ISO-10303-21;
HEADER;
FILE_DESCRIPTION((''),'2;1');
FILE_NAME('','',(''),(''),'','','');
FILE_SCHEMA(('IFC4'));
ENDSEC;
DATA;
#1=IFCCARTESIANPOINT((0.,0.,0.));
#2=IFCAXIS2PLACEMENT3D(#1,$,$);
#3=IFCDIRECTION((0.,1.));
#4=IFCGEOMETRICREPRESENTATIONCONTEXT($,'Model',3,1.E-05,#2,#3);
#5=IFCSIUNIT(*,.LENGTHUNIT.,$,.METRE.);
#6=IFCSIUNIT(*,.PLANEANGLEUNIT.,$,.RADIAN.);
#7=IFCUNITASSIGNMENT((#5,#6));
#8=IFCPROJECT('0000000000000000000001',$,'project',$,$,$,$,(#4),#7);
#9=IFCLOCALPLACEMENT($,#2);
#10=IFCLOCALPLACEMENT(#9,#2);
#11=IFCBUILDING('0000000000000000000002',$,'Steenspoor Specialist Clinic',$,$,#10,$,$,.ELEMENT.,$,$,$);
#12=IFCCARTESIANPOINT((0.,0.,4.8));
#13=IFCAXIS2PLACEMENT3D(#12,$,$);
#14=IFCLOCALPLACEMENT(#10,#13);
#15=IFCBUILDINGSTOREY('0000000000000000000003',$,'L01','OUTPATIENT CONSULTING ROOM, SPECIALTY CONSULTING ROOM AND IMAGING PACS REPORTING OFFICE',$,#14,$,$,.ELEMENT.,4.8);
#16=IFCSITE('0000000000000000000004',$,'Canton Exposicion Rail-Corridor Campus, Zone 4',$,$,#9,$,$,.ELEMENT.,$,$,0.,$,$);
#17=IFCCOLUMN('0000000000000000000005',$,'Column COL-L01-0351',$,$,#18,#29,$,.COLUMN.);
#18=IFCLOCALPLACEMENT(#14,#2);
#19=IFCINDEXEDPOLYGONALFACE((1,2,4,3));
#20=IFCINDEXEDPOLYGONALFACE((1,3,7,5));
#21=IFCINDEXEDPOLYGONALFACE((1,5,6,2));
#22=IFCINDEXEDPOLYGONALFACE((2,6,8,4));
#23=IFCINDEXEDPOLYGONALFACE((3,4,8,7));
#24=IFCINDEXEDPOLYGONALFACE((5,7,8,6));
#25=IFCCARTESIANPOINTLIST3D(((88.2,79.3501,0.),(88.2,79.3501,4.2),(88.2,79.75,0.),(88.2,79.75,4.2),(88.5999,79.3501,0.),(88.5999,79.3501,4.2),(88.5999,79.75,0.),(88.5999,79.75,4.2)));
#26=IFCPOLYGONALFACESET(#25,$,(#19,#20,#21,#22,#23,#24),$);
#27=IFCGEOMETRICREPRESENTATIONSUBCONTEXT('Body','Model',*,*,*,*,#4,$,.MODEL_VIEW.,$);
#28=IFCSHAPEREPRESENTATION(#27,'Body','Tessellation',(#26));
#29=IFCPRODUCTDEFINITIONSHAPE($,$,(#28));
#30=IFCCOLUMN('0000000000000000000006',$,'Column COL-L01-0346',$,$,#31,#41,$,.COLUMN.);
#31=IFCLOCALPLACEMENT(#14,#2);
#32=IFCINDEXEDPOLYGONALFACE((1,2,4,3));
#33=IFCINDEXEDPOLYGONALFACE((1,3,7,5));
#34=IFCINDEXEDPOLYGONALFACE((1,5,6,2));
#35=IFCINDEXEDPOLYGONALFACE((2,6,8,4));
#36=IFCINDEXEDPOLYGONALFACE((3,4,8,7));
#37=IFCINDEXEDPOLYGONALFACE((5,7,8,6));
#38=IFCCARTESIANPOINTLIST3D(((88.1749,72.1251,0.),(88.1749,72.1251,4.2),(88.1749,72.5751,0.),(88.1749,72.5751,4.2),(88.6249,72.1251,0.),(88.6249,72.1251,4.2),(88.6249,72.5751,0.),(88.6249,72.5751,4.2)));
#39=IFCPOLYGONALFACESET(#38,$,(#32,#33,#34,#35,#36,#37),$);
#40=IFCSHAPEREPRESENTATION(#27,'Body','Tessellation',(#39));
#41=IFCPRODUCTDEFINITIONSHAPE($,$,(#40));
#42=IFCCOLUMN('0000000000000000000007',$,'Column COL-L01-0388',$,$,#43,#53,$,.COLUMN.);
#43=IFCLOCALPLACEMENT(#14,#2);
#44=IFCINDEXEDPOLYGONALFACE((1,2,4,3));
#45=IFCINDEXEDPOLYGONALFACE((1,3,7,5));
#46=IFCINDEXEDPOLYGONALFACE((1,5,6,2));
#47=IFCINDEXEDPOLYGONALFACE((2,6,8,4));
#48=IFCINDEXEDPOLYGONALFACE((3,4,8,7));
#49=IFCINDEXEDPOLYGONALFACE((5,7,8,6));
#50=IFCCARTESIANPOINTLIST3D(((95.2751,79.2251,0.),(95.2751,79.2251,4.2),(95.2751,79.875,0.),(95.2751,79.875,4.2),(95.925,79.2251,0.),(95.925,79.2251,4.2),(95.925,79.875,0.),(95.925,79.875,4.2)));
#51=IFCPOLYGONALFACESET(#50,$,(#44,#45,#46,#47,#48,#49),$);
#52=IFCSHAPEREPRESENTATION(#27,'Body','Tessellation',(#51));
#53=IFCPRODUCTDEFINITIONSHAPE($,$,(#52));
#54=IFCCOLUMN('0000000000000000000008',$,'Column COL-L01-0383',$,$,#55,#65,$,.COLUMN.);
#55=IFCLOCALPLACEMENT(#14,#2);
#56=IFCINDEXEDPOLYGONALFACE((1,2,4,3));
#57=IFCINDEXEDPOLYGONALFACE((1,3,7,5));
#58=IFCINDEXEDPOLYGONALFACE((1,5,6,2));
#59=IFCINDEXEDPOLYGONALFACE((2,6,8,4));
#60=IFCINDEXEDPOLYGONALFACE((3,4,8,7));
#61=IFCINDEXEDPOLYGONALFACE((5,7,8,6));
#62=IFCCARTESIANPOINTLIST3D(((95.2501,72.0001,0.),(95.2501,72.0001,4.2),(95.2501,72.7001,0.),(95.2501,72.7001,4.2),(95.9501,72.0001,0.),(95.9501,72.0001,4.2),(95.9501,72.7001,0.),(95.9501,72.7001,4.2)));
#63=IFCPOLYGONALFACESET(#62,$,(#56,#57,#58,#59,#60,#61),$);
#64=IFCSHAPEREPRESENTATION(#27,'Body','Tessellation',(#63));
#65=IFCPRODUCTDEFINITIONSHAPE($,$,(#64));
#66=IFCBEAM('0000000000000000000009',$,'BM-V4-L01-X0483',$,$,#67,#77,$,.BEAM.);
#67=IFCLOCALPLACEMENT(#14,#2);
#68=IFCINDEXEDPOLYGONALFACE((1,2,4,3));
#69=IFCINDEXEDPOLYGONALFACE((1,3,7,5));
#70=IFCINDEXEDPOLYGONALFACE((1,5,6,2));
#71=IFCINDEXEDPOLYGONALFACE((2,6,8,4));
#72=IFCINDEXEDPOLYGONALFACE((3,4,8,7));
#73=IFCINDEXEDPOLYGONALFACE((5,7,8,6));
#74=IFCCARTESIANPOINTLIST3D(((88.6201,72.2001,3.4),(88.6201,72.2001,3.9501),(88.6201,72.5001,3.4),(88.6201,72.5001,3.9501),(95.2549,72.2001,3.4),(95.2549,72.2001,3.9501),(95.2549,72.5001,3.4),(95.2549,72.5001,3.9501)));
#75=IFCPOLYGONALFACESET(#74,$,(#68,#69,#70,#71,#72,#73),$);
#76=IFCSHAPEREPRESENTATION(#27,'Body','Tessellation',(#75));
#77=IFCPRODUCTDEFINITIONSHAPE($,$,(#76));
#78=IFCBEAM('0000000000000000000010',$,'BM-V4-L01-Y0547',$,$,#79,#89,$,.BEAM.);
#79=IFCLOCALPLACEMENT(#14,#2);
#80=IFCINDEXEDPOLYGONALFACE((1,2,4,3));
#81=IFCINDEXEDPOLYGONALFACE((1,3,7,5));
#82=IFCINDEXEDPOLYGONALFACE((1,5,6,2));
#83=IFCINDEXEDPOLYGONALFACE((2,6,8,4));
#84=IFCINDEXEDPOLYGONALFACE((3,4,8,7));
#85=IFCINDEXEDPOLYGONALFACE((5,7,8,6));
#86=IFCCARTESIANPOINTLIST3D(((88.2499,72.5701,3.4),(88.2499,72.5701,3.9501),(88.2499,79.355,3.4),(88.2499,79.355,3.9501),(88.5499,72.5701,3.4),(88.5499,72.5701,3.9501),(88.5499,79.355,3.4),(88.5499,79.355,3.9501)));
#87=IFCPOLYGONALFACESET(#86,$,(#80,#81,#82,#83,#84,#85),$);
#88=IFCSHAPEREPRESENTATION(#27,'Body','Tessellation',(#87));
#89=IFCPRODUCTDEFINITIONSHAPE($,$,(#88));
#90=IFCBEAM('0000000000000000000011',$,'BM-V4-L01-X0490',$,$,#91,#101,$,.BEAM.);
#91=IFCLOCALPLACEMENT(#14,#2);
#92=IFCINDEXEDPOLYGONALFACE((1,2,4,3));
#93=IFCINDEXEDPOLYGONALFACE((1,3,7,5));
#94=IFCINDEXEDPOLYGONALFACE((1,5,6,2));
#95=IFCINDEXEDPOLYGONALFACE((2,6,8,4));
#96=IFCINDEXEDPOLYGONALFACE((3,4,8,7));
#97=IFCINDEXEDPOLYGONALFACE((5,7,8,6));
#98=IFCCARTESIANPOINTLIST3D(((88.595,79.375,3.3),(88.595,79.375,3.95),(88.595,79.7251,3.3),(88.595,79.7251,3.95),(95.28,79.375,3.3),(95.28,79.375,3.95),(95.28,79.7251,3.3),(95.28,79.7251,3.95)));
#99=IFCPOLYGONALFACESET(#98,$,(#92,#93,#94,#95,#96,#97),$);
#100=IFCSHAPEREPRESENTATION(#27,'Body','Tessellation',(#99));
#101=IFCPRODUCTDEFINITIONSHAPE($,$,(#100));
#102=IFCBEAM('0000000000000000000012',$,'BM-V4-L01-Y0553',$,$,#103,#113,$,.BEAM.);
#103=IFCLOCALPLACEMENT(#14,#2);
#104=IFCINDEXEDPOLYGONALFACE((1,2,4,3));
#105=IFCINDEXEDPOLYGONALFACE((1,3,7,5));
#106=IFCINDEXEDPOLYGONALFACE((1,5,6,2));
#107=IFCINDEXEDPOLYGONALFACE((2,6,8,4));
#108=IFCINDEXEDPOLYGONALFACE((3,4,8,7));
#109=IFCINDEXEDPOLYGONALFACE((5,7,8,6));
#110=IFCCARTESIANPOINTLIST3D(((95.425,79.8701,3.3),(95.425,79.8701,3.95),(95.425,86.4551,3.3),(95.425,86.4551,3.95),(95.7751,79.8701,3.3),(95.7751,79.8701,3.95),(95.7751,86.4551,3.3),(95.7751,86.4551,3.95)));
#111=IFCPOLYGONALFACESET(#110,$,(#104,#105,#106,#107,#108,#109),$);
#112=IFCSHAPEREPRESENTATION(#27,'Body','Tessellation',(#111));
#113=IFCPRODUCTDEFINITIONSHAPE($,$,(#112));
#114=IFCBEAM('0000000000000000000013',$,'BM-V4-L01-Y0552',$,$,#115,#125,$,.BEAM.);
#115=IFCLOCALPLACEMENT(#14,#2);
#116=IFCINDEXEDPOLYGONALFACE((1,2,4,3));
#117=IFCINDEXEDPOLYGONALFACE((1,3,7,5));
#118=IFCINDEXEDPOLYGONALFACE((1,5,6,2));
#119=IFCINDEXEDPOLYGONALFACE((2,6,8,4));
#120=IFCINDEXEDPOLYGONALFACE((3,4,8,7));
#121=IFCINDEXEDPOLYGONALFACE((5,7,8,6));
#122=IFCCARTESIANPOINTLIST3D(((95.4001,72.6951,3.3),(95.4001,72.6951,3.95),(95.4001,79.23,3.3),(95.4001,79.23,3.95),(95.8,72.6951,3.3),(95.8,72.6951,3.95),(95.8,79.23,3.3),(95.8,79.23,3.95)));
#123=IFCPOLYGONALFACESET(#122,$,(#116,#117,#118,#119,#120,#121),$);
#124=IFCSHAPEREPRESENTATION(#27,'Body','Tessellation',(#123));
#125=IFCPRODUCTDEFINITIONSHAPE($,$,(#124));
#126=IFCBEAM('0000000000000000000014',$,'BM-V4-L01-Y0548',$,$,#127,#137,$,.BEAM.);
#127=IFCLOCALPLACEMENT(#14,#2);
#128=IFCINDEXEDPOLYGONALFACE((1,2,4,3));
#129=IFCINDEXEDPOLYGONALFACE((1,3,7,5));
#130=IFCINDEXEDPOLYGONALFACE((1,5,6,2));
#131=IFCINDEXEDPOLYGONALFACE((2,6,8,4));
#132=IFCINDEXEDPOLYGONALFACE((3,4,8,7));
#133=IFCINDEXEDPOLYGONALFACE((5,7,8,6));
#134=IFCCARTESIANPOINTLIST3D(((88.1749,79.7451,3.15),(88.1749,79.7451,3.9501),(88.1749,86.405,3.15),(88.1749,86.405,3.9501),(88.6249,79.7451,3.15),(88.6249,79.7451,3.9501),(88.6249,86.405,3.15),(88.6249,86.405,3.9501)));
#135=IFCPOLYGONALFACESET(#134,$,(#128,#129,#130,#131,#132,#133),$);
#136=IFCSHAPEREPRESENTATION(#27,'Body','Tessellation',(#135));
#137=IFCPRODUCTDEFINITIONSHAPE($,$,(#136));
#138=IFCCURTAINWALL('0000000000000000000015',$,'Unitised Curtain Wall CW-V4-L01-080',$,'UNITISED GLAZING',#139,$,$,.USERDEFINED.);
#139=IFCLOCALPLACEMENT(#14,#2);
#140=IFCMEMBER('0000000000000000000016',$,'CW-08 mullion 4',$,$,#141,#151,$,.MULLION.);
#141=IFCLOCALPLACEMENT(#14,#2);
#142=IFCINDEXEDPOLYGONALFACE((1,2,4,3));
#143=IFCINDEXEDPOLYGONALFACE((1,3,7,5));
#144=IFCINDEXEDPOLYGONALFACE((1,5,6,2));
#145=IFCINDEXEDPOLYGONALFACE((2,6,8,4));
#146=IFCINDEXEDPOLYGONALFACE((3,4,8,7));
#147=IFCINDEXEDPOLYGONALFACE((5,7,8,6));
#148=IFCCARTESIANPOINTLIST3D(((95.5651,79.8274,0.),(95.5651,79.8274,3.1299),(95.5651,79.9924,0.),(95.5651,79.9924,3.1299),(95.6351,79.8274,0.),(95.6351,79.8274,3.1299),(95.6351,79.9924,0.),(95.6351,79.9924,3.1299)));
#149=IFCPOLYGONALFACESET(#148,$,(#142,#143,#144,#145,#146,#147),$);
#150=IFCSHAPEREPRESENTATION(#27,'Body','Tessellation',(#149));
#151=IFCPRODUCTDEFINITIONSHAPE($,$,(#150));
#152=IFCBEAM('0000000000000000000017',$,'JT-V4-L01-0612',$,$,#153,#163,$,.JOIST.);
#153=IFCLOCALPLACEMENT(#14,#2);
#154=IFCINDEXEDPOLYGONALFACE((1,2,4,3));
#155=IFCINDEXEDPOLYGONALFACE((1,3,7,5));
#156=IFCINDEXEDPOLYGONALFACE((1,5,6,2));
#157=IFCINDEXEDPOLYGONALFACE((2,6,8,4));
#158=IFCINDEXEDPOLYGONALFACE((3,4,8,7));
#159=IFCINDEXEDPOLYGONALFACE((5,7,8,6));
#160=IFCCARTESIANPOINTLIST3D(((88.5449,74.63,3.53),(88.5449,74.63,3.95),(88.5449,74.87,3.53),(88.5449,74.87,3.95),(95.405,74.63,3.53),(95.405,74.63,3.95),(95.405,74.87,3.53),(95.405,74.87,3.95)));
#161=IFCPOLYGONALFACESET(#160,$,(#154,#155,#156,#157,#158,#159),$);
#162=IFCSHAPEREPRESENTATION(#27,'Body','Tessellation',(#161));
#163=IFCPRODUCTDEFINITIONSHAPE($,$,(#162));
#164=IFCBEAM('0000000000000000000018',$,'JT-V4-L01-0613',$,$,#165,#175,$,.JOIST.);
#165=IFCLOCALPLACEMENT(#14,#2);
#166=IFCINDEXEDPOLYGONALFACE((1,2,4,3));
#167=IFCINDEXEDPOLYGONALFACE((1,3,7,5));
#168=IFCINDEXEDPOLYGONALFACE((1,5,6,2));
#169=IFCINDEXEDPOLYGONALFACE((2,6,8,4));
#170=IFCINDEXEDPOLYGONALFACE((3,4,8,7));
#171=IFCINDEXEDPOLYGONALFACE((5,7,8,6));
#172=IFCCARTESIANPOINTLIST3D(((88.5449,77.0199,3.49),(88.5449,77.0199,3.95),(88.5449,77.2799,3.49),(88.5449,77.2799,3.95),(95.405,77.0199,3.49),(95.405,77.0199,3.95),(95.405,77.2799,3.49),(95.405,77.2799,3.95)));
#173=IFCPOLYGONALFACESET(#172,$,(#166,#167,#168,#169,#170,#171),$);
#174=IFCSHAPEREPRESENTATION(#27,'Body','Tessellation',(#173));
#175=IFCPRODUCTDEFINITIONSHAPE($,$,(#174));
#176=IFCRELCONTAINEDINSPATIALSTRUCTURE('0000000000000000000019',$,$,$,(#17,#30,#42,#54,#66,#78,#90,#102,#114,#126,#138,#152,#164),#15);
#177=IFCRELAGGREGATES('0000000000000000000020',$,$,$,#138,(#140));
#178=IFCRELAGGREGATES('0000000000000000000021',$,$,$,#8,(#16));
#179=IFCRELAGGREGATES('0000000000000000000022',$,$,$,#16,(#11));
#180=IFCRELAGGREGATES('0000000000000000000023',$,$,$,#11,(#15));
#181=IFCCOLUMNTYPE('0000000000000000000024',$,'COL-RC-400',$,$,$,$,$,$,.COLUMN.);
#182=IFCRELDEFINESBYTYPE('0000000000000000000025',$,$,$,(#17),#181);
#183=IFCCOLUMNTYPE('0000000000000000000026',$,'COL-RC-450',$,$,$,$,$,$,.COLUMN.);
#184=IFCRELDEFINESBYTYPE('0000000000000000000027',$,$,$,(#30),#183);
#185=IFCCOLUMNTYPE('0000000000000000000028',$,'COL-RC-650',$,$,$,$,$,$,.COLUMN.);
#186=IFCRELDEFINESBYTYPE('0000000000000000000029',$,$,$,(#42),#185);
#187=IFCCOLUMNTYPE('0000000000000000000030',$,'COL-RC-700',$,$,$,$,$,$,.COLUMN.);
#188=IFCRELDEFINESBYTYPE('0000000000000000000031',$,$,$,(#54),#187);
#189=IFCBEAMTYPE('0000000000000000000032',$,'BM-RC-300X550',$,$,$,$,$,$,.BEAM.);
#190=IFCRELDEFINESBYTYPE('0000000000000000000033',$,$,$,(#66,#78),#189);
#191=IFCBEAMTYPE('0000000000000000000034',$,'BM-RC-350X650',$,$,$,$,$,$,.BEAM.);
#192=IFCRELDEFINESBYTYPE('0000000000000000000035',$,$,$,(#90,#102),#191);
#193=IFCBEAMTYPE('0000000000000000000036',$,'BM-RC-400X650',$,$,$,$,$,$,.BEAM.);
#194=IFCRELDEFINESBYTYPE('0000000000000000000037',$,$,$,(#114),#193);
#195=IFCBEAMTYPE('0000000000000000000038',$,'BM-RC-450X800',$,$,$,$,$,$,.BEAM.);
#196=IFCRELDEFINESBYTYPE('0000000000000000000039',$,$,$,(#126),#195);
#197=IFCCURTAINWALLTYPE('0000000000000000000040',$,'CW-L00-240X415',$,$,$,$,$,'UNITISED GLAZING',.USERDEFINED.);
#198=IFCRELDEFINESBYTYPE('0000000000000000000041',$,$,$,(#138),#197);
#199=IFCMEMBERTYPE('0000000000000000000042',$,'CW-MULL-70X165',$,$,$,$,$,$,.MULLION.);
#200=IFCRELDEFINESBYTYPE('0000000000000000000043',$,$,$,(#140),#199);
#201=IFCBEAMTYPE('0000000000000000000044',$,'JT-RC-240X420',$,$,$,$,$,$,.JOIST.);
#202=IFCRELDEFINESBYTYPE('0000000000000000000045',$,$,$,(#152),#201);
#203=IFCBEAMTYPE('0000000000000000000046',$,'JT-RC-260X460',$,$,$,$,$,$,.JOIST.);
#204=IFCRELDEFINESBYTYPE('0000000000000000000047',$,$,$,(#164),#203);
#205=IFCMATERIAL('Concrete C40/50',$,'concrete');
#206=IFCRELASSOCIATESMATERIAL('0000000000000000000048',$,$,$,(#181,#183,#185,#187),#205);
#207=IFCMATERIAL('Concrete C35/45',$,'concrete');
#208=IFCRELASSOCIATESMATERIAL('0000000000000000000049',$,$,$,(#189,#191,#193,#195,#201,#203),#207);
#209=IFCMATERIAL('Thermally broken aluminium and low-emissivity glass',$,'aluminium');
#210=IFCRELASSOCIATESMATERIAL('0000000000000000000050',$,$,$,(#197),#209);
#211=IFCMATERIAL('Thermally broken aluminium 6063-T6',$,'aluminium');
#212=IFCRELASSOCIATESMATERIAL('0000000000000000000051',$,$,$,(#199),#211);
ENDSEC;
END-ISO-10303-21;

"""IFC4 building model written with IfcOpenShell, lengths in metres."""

from ifc_helpers import new_model, si_unit, direction, frame, origin, origin_2d, place, context, subcontext, project, spatial, rectangle, extrude, material, material_profile, profile_set, type_object, element, aggregate, save


model = new_model("IFC4")

# Units and contexts
model_context = context("Model", 3, precision=1e-05, world=origin(), true_north=direction((0.0, 1.0)))
body_context = subcontext(model_context, "Body", "Model", "MODEL_VIEW")
ifc_project = project(units=[si_unit("LENGTHUNIT", "METRE"), si_unit("PLANEANGLEUNIT", "RADIAN")], contexts=[model_context])

# Site, building, storey
site_placement = place(None, origin())
site = spatial("IfcSite", under=ifc_project, at=site_placement, Name="Canton Exposicion Rail-Corridor Campus, Zone 4", CompositionType="ELEMENT", RefElevation=0.0)
building_placement = place(site_placement, origin())
building = spatial("IfcBuilding", under=site, at=building_placement, Name="Steenspoor Specialist Clinic", CompositionType="ELEMENT")
storey_placement = place(building_placement, frame((0.0, 0.0, 4.8)))
storey = spatial("IfcBuildingStorey", under=building, at=storey_placement, Name="L01", Description="OUTPATIENT CONSULTING ROOM, SPECIALTY CONSULTING ROOM AND IMAGING PACS REPORTING OFFICE", CompositionType="ELEMENT", Elevation=4.8)

# Columns
ifc_material_1 = material(Name="Concrete C40/50", Category="concrete")
ifc_material_profile_1 = material_profile(ifc_material_1, rectangle(XDim=0.3999, YDim=0.3999, at=origin_2d()), Name="RC-COL-400X400")
ifc_profile_set_1 = profile_set([ifc_material_profile_1], Name="Concrete C40/50")
column_type_1 = type_object("IfcColumnType", Name="COL-RC-400", PredefinedType="COLUMN", material=ifc_profile_set_1)
column_1_placement = place(storey_placement, frame((88.3999, 79.55, 0.0), z_axis=(0.0, 0.0, 1.0), x_axis=(1.0, 0.0, 0.0)))
element("IfcColumn", 1, at=column_1_placement, inside=storey, type_object=column_type_1, Name="Column COL-L01-0351", PredefinedType="COLUMN", context=body_context, shape_type="SweptSolid", body=[
    extrude(rectangle(XDim=0.3999, YDim=0.3999, at=origin_2d()), origin(), (0.0, 0.0, 1.0), 4.2),
])
ifc_material_profile_2 = material_profile(ifc_material_1, rectangle(XDim=0.45, YDim=0.45, at=origin_2d()), Name="RC-COL-450X450")
ifc_profile_set_2 = profile_set([ifc_material_profile_2], Name="Concrete C40/50")
column_type_2 = type_object("IfcColumnType", Name="COL-RC-450", PredefinedType="COLUMN", material=ifc_profile_set_2)
column_2_placement = place(storey_placement, frame((88.3999, 72.3501, 0.0), z_axis=(0.0, 0.0, 1.0), x_axis=(1.0, 0.0, 0.0)))
element("IfcColumn", 2, at=column_2_placement, inside=storey, type_object=column_type_2, Name="Column COL-L01-0346", PredefinedType="COLUMN", context=body_context, shape_type="SweptSolid", body=[
    extrude(rectangle(XDim=0.45, YDim=0.45, at=origin_2d()), origin(), (0.0, 0.0, 1.0), 4.2),
])
ifc_material_profile_3 = material_profile(ifc_material_1, rectangle(XDim=0.6499, YDim=0.6499, at=origin_2d()), Name="RC-COL-650X650")
ifc_profile_set_3 = profile_set([ifc_material_profile_3], Name="Concrete C40/50")
column_type_3 = type_object("IfcColumnType", Name="COL-RC-650", PredefinedType="COLUMN", material=ifc_profile_set_3)
column_3_placement = place(storey_placement, frame((95.6001, 79.55, 0.0), z_axis=(0.0, 0.0, 1.0), x_axis=(1.0, 0.0, 0.0)))
element("IfcColumn", 3, at=column_3_placement, inside=storey, type_object=column_type_3, Name="Column COL-L01-0388", PredefinedType="COLUMN", context=body_context, shape_type="SweptSolid", body=[
    extrude(rectangle(XDim=0.6499, YDim=0.6499, at=origin_2d()), origin(), (0.0, 0.0, 1.0), 4.2),
])
ifc_material_profile_4 = material_profile(ifc_material_1, rectangle(XDim=0.7, YDim=0.7, at=origin_2d()), Name="RC-COL-700X700")
ifc_profile_set_4 = profile_set([ifc_material_profile_4], Name="Concrete C40/50")
column_type_4 = type_object("IfcColumnType", Name="COL-RC-700", PredefinedType="COLUMN", material=ifc_profile_set_4)
column_4_placement = place(storey_placement, frame((95.6001, 72.3501, 0.0), z_axis=(0.0, 0.0, 1.0), x_axis=(1.0, 0.0, 0.0)))
element("IfcColumn", 4, at=column_4_placement, inside=storey, type_object=column_type_4, Name="Column COL-L01-0383", PredefinedType="COLUMN", context=body_context, shape_type="SweptSolid", body=[
    extrude(rectangle(XDim=0.7, YDim=0.7, at=origin_2d()), origin(), (0.0, 0.0, 1.0), 4.2),
])

# Beams
ifc_material_2 = material(Name="Concrete C35/45", Category="concrete")
ifc_material_profile_5 = material_profile(ifc_material_2, rectangle(XDim=0.3, YDim=0.55, at=origin_2d()), Name="RC-BM-300X550")
ifc_profile_set_5 = profile_set([ifc_material_profile_5], Name="Concrete C35/45")
beam_type_1 = type_object("IfcBeamType", Name="BM-RC-300X550", PredefinedType="BEAM", material=ifc_profile_set_5)
beam_1_placement = place(storey_placement, frame((88.6201, 72.3501, 3.675), z_axis=(1.0, 0.0, 0.0), x_axis=(0.0, 1.0, 0.0)))
element("IfcBeam", 5, at=beam_1_placement, inside=storey, type_object=beam_type_1, Name="BM-V4-L01-X0483", PredefinedType="BEAM", context=body_context, shape_type="SweptSolid", body=[
    extrude(rectangle(XDim=0.3, YDim=0.55, at=origin_2d()), origin(), (0.0, 0.0, 1.0), 6.6348),
])
beam_2_placement = place(storey_placement, frame((88.3999, 72.5701, 3.675), z_axis=(0.0, 1.0, 0.0), x_axis=(-1.0, 0.0, 0.0)))
element("IfcBeam", 6, at=beam_2_placement, inside=storey, type_object=beam_type_1, Name="BM-V4-L01-Y0547", PredefinedType="BEAM", context=body_context, shape_type="SweptSolid", body=[
    extrude(rectangle(XDim=0.3, YDim=0.55, at=origin_2d()), origin(), (0.0, 0.0, 1.0), 6.7849),
])
ifc_material_profile_6 = material_profile(ifc_material_2, rectangle(XDim=0.3501, YDim=0.6499, at=origin_2d()), Name="RC-BM-350X650")
ifc_profile_set_6 = profile_set([ifc_material_profile_6], Name="Concrete C35/45")
beam_type_2 = type_object("IfcBeamType", Name="BM-RC-350X650", PredefinedType="BEAM", material=ifc_profile_set_6)
beam_3_placement = place(storey_placement, frame((88.595, 79.55, 3.625), z_axis=(1.0, 0.0, 0.0), x_axis=(0.0, 1.0, 0.0)))
element("IfcBeam", 7, at=beam_3_placement, inside=storey, type_object=beam_type_2, Name="BM-V4-L01-X0490", PredefinedType="BEAM", context=body_context, shape_type="SweptSolid", body=[
    extrude(rectangle(XDim=0.3501, YDim=0.6499, at=origin_2d()), origin(), (0.0, 0.0, 1.0), 6.6851),
])
beam_4_placement = place(storey_placement, frame((95.6001, 79.8701, 3.625), z_axis=(0.0, 1.0, 0.0), x_axis=(-1.0, 0.0, 0.0)))
element("IfcBeam", 8, at=beam_4_placement, inside=storey, type_object=beam_type_2, Name="BM-V4-L01-Y0553", PredefinedType="BEAM", context=body_context, shape_type="SweptSolid", body=[
    extrude(rectangle(XDim=0.3501, YDim=0.6499, at=origin_2d()), origin(), (0.0, 0.0, 1.0), 6.585),
])
ifc_material_profile_7 = material_profile(ifc_material_2, rectangle(XDim=0.3999, YDim=0.6499, at=origin_2d()), Name="RC-BM-400X650")
ifc_profile_set_7 = profile_set([ifc_material_profile_7], Name="Concrete C35/45")
beam_type_3 = type_object("IfcBeamType", Name="BM-RC-400X650", PredefinedType="BEAM", material=ifc_profile_set_7)
beam_5_placement = place(storey_placement, frame((95.6001, 72.6951, 3.625), z_axis=(0.0, 1.0, 0.0), x_axis=(-1.0, 0.0, 0.0)))
element("IfcBeam", 9, at=beam_5_placement, inside=storey, type_object=beam_type_3, Name="BM-V4-L01-Y0552", PredefinedType="BEAM", context=body_context, shape_type="SweptSolid", body=[
    extrude(rectangle(XDim=0.3999, YDim=0.6499, at=origin_2d()), origin(), (0.0, 0.0, 1.0), 6.5349),
])
ifc_material_profile_8 = material_profile(ifc_material_2, rectangle(XDim=0.45, YDim=0.8, at=origin_2d()), Name="RC-BM-450X800")
ifc_profile_set_8 = profile_set([ifc_material_profile_8], Name="Concrete C35/45")
beam_type_4 = type_object("IfcBeamType", Name="BM-RC-450X800", PredefinedType="BEAM", material=ifc_profile_set_8)
beam_6_placement = place(storey_placement, frame((88.3999, 79.7451, 3.55), z_axis=(0.0, 1.0, 0.0), x_axis=(-1.0, 0.0, 0.0)))
element("IfcBeam", 10, at=beam_6_placement, inside=storey, type_object=beam_type_4, Name="BM-V4-L01-Y0548", PredefinedType="BEAM", context=body_context, shape_type="SweptSolid", body=[
    extrude(rectangle(XDim=0.45, YDim=0.8, at=origin_2d()), origin(), (0.0, 0.0, 1.0), 6.6599),
])

# Curtain wall, member
ifc_material_3 = material(Name="Thermally broken aluminium and low-emissivity glass", Category="aluminium")
curtain_wall_type = type_object("IfcCurtainWallType", Name="CW-L00-240X415", ElementType="UNITISED GLAZING", PredefinedType="USERDEFINED", material=ifc_material_3)
curtain_wall_placement = place(storey_placement, origin())
curtain_wall = element("IfcCurtainWall", 11, at=curtain_wall_placement, inside=storey, type_object=curtain_wall_type, Name="Unitised Curtain Wall CW-V4-L01-080", ObjectType="UNITISED GLAZING", PredefinedType="USERDEFINED")
ifc_material_4 = material(Name="Thermally broken aluminium 6063-T6", Category="aluminium")
ifc_material_profile_9 = material_profile(ifc_material_4, rectangle(XDim=0.0701, YDim=0.165, at=origin_2d()), Name="CWM-70X165")
ifc_profile_set_9 = profile_set([ifc_material_profile_9], Name="Thermally broken aluminium 6063-T6")
member_type = type_object("IfcMemberType", Name="CW-MULL-70X165", PredefinedType="MULLION", material=ifc_profile_set_9)
member_placement = place(storey_placement, frame((95.6001, 79.9099, 0.0), z_axis=(0.0, 0.0, 1.0), x_axis=(1.0, 0.0, 0.0)))
member = element("IfcMember", 12, at=member_placement, type_object=member_type, Name="CW-08 mullion 4", PredefinedType="MULLION", context=body_context, shape_type="SweptSolid", body=[
    extrude(rectangle(XDim=0.0701, YDim=0.165, at=origin_2d()), origin(), (0.0, 0.0, 1.0), 3.1299),
])
aggregate(curtain_wall, [member])

# Beams
ifc_material_profile_10 = material_profile(ifc_material_2, rectangle(XDim=0.24, YDim=0.4199, at=origin_2d()), Name="RC-JT-240X420")
ifc_profile_set_10 = profile_set([ifc_material_profile_10], Name="Concrete C35/45")
beam_type_5 = type_object("IfcBeamType", Name="JT-RC-240X420", PredefinedType="JOIST", material=ifc_profile_set_10)
beam_7_placement = place(storey_placement, frame((88.5449, 74.75, 3.74), z_axis=(1.0, 0.0, 0.0), x_axis=(0.0, 1.0, 0.0)))
element("IfcBeam", 13, at=beam_7_placement, inside=storey, type_object=beam_type_5, Name="JT-V4-L01-0612", PredefinedType="JOIST", context=body_context, shape_type="SweptSolid", body=[
    extrude(rectangle(XDim=0.24, YDim=0.4199, at=origin_2d()), origin(), (0.0, 0.0, 1.0), 6.8601),
])
ifc_material_profile_11 = material_profile(ifc_material_2, rectangle(XDim=0.26, YDim=0.46, at=origin_2d()), Name="RC-JT-260X460")
ifc_profile_set_11 = profile_set([ifc_material_profile_11], Name="Concrete C35/45")
beam_type_6 = type_object("IfcBeamType", Name="JT-RC-260X460", PredefinedType="JOIST", material=ifc_profile_set_11)
beam_8_placement = place(storey_placement, frame((88.5449, 77.1499, 3.72), z_axis=(1.0, 0.0, 0.0), x_axis=(0.0, 1.0, 0.0)))
element("IfcBeam", 14, at=beam_8_placement, inside=storey, type_object=beam_type_6, Name="JT-V4-L01-0613", PredefinedType="JOIST", context=body_context, shape_type="SweptSolid", body=[
    extrude(rectangle(XDim=0.26, YDim=0.46, at=origin_2d()), origin(), (0.0, 0.0, 1.0), 6.8601),
])

save(model, "model.ifc")
